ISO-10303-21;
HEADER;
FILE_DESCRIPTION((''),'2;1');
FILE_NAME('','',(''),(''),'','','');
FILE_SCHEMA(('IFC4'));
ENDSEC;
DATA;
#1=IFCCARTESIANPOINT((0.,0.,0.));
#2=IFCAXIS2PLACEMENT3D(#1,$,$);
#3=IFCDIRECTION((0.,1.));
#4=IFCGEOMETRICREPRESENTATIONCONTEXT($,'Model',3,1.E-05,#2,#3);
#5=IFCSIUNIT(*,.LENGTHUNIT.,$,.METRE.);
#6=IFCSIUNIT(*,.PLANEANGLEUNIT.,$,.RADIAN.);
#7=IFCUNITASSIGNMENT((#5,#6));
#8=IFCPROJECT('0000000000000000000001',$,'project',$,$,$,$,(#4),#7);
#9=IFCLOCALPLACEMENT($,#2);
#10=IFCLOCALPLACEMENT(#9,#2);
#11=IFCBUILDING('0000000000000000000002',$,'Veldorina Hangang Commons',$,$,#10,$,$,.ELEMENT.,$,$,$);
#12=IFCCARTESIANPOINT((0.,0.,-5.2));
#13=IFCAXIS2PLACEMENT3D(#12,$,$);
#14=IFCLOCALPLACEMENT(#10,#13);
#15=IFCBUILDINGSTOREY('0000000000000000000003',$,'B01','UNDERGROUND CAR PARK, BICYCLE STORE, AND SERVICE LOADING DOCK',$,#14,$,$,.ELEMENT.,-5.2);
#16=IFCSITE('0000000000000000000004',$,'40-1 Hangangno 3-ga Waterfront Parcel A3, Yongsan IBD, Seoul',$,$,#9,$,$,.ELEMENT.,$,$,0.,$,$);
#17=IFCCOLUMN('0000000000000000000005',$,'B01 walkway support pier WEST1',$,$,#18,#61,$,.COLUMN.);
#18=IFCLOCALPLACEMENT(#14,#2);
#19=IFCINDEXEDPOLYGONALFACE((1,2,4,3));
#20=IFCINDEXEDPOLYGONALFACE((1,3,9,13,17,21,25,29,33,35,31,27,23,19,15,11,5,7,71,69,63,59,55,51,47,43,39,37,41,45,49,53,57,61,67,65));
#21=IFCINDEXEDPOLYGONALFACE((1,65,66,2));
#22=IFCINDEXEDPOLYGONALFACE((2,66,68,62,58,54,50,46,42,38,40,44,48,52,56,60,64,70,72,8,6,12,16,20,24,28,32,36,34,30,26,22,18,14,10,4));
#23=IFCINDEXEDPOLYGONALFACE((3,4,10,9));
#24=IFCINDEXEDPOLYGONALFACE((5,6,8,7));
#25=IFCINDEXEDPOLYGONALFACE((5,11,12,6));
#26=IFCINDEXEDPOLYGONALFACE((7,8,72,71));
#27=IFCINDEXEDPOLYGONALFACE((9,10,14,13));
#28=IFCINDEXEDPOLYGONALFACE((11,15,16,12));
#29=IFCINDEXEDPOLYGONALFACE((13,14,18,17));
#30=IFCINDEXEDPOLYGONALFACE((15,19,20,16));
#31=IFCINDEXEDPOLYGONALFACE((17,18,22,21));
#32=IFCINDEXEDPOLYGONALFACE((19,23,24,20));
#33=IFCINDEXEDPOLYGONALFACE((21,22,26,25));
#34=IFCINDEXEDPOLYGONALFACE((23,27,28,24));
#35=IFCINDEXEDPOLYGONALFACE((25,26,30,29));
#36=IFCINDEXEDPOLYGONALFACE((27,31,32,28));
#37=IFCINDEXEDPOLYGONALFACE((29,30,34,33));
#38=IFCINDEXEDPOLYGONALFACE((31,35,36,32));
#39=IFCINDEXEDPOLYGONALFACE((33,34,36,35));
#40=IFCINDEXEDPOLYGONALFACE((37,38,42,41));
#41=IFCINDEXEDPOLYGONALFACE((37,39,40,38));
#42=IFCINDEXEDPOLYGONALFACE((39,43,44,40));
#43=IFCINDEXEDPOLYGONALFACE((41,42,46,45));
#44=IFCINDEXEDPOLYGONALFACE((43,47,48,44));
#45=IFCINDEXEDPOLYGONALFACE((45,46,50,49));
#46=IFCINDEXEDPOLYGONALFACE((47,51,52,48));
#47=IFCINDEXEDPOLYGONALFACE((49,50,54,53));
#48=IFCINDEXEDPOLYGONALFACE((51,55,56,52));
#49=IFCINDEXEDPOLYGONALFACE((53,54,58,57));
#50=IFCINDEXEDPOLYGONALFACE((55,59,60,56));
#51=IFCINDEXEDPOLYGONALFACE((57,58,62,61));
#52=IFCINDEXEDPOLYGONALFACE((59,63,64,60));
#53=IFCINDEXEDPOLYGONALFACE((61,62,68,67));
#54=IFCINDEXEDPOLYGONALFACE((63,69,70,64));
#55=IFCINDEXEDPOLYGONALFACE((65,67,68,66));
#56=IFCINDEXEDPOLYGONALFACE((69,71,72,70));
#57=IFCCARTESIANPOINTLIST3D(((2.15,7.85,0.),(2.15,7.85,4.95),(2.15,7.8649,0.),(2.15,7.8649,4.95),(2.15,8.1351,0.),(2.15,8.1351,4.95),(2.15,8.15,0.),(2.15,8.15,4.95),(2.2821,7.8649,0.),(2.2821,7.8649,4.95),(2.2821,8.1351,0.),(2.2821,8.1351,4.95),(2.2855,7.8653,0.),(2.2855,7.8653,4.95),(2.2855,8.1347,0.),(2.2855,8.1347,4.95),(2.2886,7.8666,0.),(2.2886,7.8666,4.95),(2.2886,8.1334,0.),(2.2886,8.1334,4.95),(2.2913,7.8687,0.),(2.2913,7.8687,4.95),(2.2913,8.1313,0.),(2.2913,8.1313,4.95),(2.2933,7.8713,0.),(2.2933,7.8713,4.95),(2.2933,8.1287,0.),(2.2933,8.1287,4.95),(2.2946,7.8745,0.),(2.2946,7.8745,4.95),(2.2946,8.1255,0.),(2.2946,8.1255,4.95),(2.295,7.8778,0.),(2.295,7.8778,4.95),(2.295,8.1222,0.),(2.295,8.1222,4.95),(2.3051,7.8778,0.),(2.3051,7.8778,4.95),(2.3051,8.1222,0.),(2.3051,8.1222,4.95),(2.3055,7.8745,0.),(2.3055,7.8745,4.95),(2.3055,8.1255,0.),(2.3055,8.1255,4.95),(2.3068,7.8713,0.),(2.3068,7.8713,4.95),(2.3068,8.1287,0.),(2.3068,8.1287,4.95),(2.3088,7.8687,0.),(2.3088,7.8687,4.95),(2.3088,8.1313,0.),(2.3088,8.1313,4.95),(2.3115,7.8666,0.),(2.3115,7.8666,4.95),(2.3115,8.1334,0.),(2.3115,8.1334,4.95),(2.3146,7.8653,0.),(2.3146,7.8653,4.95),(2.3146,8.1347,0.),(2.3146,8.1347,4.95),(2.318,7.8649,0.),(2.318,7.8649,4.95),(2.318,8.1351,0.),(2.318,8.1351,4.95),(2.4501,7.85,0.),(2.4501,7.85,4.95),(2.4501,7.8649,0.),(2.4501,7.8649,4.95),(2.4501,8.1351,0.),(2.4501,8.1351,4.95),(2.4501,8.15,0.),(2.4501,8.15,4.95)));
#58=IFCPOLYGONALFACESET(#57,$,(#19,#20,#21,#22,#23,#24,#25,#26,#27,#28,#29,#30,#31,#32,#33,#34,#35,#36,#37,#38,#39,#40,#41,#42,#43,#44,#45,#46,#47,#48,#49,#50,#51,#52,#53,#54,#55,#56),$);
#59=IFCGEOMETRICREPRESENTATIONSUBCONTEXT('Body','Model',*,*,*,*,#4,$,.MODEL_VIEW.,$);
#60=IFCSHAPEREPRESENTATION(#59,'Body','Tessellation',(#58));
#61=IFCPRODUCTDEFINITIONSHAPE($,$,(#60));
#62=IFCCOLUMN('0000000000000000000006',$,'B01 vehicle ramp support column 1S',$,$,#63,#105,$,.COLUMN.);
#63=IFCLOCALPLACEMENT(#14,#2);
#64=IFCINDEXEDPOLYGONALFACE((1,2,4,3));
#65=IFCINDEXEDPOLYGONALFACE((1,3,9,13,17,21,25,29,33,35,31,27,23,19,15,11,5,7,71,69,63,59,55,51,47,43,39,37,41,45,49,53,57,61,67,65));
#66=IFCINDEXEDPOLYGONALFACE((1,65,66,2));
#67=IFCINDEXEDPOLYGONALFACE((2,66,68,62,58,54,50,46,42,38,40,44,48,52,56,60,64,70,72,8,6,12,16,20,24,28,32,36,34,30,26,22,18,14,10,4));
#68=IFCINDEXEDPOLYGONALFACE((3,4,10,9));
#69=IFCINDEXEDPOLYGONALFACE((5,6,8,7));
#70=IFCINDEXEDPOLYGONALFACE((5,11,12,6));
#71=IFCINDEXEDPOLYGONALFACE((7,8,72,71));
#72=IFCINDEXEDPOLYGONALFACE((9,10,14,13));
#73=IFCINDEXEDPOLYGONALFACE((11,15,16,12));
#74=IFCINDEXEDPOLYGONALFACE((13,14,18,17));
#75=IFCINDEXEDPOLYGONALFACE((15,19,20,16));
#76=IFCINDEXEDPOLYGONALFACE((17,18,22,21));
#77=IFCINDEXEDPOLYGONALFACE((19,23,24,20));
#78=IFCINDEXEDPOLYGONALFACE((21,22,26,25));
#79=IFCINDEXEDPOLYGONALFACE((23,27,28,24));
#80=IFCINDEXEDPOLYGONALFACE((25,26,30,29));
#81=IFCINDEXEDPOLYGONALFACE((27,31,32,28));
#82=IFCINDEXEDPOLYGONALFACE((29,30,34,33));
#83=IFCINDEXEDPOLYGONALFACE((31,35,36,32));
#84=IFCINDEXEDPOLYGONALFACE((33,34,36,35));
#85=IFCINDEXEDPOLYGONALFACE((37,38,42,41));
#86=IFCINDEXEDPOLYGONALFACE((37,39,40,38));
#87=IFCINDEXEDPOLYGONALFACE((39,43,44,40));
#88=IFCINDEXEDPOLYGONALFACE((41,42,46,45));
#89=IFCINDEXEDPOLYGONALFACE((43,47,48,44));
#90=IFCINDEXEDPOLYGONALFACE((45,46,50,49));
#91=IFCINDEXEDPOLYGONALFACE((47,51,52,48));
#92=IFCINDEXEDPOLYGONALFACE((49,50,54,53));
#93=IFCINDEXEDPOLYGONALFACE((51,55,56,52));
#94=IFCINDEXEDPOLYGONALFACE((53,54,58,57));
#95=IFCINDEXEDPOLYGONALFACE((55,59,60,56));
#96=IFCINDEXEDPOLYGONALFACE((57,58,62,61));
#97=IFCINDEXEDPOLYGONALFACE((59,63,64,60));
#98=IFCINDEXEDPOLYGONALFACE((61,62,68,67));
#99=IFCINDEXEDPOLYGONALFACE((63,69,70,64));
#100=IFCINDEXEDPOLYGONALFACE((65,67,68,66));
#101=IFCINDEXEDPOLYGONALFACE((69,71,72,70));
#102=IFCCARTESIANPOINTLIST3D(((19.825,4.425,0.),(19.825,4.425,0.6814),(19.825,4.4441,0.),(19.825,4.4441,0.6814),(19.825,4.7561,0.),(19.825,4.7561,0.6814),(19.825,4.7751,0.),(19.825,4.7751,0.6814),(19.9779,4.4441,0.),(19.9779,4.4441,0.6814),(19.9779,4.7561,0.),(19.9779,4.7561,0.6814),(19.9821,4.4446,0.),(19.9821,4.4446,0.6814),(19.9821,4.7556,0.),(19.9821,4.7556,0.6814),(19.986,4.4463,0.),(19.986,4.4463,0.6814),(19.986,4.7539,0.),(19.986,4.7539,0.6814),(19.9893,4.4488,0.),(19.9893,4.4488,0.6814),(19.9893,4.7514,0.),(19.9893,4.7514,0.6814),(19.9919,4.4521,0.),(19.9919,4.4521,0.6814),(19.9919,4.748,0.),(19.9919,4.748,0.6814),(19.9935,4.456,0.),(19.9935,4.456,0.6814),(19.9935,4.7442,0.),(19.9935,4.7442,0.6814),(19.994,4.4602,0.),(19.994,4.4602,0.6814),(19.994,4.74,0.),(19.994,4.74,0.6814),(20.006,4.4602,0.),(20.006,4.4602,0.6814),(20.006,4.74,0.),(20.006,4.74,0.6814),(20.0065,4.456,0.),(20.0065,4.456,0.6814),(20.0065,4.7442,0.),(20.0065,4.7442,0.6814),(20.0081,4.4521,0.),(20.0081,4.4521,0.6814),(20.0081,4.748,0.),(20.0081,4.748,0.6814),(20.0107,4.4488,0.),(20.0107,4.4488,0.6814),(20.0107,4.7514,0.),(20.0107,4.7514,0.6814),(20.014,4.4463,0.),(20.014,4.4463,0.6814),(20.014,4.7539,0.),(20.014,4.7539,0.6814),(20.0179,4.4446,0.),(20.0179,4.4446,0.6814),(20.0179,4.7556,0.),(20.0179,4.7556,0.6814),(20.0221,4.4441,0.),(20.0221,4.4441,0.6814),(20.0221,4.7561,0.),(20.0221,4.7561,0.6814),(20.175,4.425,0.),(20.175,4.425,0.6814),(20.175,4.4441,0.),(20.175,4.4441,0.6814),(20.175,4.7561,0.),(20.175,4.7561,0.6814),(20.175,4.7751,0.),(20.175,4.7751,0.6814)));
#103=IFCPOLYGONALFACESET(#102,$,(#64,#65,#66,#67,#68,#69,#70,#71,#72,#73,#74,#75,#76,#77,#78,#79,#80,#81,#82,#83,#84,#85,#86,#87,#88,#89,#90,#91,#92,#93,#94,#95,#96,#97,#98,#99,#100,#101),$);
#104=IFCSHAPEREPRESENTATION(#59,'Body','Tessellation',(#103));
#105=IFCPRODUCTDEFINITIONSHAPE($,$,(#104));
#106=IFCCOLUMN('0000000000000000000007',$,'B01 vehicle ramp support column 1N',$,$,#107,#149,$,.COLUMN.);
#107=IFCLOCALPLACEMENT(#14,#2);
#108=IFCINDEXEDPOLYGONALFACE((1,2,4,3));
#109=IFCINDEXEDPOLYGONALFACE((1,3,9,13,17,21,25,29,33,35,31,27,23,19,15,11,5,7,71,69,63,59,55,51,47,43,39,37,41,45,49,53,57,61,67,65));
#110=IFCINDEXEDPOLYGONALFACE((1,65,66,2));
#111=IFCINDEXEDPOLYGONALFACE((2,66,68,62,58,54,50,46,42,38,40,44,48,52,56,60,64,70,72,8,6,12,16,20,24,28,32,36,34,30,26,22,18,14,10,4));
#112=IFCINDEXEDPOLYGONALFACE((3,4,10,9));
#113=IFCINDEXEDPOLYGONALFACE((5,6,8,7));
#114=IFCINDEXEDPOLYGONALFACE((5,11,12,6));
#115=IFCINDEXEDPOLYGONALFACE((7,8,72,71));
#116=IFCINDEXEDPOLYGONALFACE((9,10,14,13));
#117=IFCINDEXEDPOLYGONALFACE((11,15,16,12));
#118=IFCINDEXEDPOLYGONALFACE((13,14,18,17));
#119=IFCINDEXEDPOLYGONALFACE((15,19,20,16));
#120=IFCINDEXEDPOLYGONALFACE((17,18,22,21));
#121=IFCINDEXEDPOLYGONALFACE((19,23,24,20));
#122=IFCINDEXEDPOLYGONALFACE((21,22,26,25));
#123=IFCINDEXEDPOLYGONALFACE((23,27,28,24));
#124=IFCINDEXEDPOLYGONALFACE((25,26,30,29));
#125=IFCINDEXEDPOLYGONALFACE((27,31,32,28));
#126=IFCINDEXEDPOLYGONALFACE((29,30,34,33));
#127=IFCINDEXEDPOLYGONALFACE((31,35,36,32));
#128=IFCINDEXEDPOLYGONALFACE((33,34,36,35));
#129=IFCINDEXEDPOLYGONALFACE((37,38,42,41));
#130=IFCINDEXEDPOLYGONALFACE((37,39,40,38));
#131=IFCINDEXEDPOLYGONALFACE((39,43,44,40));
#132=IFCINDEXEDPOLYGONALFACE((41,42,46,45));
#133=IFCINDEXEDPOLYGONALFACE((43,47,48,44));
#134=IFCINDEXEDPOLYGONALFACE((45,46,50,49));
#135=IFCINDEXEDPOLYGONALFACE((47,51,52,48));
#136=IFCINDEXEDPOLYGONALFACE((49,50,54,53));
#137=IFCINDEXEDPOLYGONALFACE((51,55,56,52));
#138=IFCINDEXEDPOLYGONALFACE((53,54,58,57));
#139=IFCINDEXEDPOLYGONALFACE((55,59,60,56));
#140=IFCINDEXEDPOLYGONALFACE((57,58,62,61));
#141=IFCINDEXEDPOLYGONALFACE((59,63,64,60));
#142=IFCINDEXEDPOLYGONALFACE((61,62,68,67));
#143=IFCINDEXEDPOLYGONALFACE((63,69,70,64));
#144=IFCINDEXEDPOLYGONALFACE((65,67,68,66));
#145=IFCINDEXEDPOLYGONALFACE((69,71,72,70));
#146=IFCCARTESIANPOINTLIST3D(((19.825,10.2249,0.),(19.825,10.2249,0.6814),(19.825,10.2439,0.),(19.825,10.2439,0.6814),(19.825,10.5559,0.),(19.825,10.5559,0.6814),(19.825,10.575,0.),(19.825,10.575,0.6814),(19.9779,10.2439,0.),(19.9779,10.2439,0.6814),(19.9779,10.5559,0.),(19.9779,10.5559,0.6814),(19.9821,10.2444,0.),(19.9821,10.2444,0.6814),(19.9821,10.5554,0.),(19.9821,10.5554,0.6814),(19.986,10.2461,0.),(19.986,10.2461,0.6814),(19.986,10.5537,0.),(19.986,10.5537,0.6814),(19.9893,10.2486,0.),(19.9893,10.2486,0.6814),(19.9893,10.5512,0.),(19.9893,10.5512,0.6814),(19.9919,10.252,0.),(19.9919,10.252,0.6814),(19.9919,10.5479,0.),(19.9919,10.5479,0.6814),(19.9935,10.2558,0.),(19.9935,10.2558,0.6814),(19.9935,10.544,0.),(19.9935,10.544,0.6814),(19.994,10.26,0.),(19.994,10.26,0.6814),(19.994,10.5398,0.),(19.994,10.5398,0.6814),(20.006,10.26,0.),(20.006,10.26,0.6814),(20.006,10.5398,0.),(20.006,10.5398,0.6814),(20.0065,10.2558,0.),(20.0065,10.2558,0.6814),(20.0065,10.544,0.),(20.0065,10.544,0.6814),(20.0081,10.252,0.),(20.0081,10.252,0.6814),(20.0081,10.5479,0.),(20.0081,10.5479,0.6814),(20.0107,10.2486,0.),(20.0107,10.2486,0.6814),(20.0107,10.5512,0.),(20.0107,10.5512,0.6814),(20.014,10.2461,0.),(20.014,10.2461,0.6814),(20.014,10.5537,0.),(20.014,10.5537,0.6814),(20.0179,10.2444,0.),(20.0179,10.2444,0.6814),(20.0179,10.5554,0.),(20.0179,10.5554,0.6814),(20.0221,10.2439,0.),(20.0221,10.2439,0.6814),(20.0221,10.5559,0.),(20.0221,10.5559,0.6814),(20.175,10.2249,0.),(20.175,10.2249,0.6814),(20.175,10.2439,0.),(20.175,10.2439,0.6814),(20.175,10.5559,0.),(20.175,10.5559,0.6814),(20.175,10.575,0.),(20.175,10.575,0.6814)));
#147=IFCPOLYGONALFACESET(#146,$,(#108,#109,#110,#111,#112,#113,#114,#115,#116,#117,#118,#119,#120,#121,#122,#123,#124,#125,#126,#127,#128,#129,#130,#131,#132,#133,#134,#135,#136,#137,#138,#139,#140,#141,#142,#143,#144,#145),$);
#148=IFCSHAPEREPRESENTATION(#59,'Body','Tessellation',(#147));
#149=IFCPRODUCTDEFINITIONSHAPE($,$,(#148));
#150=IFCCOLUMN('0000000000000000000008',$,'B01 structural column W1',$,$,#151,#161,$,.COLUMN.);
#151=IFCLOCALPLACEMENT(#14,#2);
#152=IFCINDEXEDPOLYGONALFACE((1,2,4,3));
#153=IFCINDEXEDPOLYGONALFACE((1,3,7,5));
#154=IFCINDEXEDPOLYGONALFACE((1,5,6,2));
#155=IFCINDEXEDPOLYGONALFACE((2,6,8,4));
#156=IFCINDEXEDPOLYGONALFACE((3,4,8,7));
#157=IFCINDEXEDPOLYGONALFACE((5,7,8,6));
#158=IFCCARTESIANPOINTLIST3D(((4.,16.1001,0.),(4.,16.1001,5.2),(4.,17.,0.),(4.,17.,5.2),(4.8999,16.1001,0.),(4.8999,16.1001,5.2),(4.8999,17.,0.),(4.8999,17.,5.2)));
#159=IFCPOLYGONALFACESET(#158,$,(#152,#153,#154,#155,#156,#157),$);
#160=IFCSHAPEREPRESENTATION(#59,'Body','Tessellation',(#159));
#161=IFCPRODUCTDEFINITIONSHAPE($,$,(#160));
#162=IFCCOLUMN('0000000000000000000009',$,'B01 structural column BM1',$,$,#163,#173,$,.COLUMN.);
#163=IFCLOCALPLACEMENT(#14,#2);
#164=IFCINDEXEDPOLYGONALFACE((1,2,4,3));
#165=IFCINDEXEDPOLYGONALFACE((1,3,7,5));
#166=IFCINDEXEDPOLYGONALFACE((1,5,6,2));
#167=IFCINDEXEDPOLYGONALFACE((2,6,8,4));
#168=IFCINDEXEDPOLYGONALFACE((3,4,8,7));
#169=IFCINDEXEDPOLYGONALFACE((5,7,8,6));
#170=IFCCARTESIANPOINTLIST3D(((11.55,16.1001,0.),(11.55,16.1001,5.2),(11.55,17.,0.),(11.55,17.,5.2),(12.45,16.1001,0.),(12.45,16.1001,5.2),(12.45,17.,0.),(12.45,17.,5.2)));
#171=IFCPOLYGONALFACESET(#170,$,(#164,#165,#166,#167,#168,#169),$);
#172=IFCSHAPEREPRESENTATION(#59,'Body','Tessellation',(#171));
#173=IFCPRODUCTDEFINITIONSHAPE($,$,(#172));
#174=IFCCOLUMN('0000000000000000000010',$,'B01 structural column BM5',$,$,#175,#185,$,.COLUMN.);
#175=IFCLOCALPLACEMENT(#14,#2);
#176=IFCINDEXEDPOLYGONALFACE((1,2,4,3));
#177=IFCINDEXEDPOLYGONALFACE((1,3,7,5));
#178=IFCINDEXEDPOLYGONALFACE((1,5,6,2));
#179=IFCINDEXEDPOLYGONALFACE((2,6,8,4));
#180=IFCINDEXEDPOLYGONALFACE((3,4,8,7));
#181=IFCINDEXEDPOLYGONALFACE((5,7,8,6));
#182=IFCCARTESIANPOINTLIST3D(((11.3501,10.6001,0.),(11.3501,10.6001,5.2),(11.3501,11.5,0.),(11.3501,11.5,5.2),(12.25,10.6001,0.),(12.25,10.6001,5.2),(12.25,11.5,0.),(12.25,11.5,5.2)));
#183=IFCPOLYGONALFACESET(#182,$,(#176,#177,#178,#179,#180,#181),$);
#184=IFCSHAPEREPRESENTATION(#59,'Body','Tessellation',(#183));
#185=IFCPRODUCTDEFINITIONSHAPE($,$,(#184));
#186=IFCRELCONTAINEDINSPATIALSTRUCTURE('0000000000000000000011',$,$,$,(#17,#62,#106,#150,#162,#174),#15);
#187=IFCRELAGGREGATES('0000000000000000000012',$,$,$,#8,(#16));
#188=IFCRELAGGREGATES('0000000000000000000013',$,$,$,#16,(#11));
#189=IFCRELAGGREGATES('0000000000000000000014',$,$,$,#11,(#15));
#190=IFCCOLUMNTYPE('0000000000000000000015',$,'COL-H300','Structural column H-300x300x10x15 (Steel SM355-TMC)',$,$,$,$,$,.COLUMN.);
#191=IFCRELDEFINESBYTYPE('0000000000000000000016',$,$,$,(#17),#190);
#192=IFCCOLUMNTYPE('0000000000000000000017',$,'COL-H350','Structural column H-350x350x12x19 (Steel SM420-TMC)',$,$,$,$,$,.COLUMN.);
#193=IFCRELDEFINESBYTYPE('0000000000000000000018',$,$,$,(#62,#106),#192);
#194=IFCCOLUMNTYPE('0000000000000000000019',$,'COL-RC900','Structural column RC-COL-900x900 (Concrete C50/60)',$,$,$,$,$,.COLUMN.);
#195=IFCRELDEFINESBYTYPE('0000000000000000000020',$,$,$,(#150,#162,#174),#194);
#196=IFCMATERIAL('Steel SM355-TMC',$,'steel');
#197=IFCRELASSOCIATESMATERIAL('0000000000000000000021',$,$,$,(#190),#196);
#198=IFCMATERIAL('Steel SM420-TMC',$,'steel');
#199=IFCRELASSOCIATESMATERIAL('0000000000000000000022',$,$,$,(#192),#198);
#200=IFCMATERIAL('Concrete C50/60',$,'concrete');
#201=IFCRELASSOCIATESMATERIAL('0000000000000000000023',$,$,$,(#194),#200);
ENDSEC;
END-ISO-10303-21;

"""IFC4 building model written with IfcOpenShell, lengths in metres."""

from ifc_helpers import new_model, si_unit, direction, frame, origin, origin_2d, place, context, subcontext, project, spatial, rectangle, i_section, extrude, material, material_profile, profile_set, type_object, element, save


model = new_model("IFC4")

# Units and contexts
model_context = context("Model", 3, precision=1e-05, world=origin(), true_north=direction((0.0, 1.0)))
body_context = subcontext(model_context, "Body", "Model", "MODEL_VIEW")
ifc_project = project(units=[si_unit("LENGTHUNIT", "METRE"), si_unit("PLANEANGLEUNIT", "RADIAN")], contexts=[model_context])

# Site, building, storey
site_placement = place(None, origin())
site = spatial("IfcSite", under=ifc_project, at=site_placement, Name="40-1 Hangangno 3-ga Waterfront Parcel A3, Yongsan IBD, Seoul", CompositionType="ELEMENT", RefElevation=0.0)
building_placement = place(site_placement, origin())
building = spatial("IfcBuilding", under=site, at=building_placement, Name="Veldorina Hangang Commons", CompositionType="ELEMENT")
storey_placement = place(building_placement, frame((0.0, 0.0, -5.2)))
storey = spatial("IfcBuildingStorey", under=building, at=storey_placement, Name="B01", Description="UNDERGROUND CAR PARK, BICYCLE STORE, AND SERVICE LOADING DOCK", CompositionType="ELEMENT", Elevation=-5.2)

# Columns
ifc_material_1 = material(Name="Steel SM355-TMC", Category="steel")
ifc_material_profile_1 = material_profile(ifc_material_1, i_section(OverallWidth=0.3, OverallDepth=0.3, WebThickness=0.01, FlangeThickness=0.0149, FilletRadius=0.0129, at=origin_2d()), Name="H-300x300x10x15")
ifc_profile_set_1 = profile_set([ifc_material_profile_1], Name="Steel SM355-TMC")
column_type_1 = type_object("IfcColumnType", Name="COL-H300", Description="Structural column H-300x300x10x15 (Steel SM355-TMC)", PredefinedType="COLUMN", material=ifc_profile_set_1)
column_placement = place(storey_placement, frame((2.3, 8.0, 0.0), z_axis=(0.0, 0.0, 1.0), x_axis=(1.0, 0.0, 0.0)))
element("IfcColumn", 1, at=column_placement, inside=storey, type_object=column_type_1, Name="B01 walkway support pier WEST1", PredefinedType="COLUMN", context=body_context, shape_type="SweptSolid", body=[
    extrude(i_section(OverallWidth=0.3, OverallDepth=0.3, WebThickness=0.01, FlangeThickness=0.0149, FilletRadius=0.0129, at=origin_2d()), origin(), (0.0, 0.0, 1.0), 4.95),
])
ifc_material_2 = material(Name="Steel SM420-TMC", Category="steel")
ifc_material_profile_2 = material_profile(ifc_material_2, i_section(OverallWidth=0.3501, OverallDepth=0.3501, WebThickness=0.012, FlangeThickness=0.019, FilletRadius=0.0161, at=origin_2d()), Name="H-350x350x12x19")
ifc_profile_set_2 = profile_set([ifc_material_profile_2], Name="Steel SM420-TMC")
column_type_2 = type_object("IfcColumnType", Name="COL-H350", Description="Structural column H-350x350x12x19 (Steel SM420-TMC)", PredefinedType="COLUMN", material=ifc_profile_set_2)
for number, where, z_axis, x_axis, name in (
    (2, (20.0, 4.6001, 0.0), (0.0, 0.0, 1.0), (1.0, 0.0, 0.0), "B01 vehicle ramp support column 1S"),
    (3, (20.0, 10.3999, 0.0), (0.0, 0.0, 1.0), (1.0, 0.0, 0.0), "B01 vehicle ramp support column 1N"),
):
    element("IfcColumn", number, at=place(storey_placement, frame(where, z_axis=z_axis, x_axis=x_axis)), inside=storey, type_object=column_type_2, Name=name, PredefinedType="COLUMN", context=body_context, shape_type="SweptSolid", body=[
        extrude(i_section(OverallWidth=0.3501, OverallDepth=0.3501, WebThickness=0.012, FlangeThickness=0.019, FilletRadius=0.0161, at=origin_2d()), origin(), (0.0, 0.0, 1.0), 0.6814),
    ])
ifc_material_3 = material(Name="Concrete C50/60", Category="concrete")
ifc_material_profile_3 = material_profile(ifc_material_3, rectangle(XDim=0.8999, YDim=0.8999, at=origin_2d()), Name="RC-COL-900x900")
ifc_profile_set_3 = profile_set([ifc_material_profile_3], Name="Concrete C50/60")
column_type_3 = type_object("IfcColumnType", Name="COL-RC900", Description="Structural column RC-COL-900x900 (Concrete C50/60)", PredefinedType="COLUMN", material=ifc_profile_set_3)
for number, where, z_axis, x_axis, name in (
    (4, (4.45, 16.55, 0.0), (0.0, 0.0, 1.0), (1.0, 0.0, 0.0), "B01 structural column W1"),
    (5, (12.0, 16.55, 0.0), (0.0, 0.0, 1.0), (1.0, 0.0, 0.0), "B01 structural column BM1"),
    (6, (11.8, 11.05, 0.0), (0.0, 0.0, 1.0), (1.0, 0.0, 0.0), "B01 structural column BM5"),
):
    element("IfcColumn", number, at=place(storey_placement, frame(where, z_axis=z_axis, x_axis=x_axis)), inside=storey, type_object=column_type_3, Name=name, PredefinedType="COLUMN", context=body_context, shape_type="SweptSolid", body=[
        extrude(rectangle(XDim=0.8999, YDim=0.8999, at=origin_2d()), origin(), (0.0, 0.0, 1.0), 5.2),
    ])

save(model, "model.ifc")
